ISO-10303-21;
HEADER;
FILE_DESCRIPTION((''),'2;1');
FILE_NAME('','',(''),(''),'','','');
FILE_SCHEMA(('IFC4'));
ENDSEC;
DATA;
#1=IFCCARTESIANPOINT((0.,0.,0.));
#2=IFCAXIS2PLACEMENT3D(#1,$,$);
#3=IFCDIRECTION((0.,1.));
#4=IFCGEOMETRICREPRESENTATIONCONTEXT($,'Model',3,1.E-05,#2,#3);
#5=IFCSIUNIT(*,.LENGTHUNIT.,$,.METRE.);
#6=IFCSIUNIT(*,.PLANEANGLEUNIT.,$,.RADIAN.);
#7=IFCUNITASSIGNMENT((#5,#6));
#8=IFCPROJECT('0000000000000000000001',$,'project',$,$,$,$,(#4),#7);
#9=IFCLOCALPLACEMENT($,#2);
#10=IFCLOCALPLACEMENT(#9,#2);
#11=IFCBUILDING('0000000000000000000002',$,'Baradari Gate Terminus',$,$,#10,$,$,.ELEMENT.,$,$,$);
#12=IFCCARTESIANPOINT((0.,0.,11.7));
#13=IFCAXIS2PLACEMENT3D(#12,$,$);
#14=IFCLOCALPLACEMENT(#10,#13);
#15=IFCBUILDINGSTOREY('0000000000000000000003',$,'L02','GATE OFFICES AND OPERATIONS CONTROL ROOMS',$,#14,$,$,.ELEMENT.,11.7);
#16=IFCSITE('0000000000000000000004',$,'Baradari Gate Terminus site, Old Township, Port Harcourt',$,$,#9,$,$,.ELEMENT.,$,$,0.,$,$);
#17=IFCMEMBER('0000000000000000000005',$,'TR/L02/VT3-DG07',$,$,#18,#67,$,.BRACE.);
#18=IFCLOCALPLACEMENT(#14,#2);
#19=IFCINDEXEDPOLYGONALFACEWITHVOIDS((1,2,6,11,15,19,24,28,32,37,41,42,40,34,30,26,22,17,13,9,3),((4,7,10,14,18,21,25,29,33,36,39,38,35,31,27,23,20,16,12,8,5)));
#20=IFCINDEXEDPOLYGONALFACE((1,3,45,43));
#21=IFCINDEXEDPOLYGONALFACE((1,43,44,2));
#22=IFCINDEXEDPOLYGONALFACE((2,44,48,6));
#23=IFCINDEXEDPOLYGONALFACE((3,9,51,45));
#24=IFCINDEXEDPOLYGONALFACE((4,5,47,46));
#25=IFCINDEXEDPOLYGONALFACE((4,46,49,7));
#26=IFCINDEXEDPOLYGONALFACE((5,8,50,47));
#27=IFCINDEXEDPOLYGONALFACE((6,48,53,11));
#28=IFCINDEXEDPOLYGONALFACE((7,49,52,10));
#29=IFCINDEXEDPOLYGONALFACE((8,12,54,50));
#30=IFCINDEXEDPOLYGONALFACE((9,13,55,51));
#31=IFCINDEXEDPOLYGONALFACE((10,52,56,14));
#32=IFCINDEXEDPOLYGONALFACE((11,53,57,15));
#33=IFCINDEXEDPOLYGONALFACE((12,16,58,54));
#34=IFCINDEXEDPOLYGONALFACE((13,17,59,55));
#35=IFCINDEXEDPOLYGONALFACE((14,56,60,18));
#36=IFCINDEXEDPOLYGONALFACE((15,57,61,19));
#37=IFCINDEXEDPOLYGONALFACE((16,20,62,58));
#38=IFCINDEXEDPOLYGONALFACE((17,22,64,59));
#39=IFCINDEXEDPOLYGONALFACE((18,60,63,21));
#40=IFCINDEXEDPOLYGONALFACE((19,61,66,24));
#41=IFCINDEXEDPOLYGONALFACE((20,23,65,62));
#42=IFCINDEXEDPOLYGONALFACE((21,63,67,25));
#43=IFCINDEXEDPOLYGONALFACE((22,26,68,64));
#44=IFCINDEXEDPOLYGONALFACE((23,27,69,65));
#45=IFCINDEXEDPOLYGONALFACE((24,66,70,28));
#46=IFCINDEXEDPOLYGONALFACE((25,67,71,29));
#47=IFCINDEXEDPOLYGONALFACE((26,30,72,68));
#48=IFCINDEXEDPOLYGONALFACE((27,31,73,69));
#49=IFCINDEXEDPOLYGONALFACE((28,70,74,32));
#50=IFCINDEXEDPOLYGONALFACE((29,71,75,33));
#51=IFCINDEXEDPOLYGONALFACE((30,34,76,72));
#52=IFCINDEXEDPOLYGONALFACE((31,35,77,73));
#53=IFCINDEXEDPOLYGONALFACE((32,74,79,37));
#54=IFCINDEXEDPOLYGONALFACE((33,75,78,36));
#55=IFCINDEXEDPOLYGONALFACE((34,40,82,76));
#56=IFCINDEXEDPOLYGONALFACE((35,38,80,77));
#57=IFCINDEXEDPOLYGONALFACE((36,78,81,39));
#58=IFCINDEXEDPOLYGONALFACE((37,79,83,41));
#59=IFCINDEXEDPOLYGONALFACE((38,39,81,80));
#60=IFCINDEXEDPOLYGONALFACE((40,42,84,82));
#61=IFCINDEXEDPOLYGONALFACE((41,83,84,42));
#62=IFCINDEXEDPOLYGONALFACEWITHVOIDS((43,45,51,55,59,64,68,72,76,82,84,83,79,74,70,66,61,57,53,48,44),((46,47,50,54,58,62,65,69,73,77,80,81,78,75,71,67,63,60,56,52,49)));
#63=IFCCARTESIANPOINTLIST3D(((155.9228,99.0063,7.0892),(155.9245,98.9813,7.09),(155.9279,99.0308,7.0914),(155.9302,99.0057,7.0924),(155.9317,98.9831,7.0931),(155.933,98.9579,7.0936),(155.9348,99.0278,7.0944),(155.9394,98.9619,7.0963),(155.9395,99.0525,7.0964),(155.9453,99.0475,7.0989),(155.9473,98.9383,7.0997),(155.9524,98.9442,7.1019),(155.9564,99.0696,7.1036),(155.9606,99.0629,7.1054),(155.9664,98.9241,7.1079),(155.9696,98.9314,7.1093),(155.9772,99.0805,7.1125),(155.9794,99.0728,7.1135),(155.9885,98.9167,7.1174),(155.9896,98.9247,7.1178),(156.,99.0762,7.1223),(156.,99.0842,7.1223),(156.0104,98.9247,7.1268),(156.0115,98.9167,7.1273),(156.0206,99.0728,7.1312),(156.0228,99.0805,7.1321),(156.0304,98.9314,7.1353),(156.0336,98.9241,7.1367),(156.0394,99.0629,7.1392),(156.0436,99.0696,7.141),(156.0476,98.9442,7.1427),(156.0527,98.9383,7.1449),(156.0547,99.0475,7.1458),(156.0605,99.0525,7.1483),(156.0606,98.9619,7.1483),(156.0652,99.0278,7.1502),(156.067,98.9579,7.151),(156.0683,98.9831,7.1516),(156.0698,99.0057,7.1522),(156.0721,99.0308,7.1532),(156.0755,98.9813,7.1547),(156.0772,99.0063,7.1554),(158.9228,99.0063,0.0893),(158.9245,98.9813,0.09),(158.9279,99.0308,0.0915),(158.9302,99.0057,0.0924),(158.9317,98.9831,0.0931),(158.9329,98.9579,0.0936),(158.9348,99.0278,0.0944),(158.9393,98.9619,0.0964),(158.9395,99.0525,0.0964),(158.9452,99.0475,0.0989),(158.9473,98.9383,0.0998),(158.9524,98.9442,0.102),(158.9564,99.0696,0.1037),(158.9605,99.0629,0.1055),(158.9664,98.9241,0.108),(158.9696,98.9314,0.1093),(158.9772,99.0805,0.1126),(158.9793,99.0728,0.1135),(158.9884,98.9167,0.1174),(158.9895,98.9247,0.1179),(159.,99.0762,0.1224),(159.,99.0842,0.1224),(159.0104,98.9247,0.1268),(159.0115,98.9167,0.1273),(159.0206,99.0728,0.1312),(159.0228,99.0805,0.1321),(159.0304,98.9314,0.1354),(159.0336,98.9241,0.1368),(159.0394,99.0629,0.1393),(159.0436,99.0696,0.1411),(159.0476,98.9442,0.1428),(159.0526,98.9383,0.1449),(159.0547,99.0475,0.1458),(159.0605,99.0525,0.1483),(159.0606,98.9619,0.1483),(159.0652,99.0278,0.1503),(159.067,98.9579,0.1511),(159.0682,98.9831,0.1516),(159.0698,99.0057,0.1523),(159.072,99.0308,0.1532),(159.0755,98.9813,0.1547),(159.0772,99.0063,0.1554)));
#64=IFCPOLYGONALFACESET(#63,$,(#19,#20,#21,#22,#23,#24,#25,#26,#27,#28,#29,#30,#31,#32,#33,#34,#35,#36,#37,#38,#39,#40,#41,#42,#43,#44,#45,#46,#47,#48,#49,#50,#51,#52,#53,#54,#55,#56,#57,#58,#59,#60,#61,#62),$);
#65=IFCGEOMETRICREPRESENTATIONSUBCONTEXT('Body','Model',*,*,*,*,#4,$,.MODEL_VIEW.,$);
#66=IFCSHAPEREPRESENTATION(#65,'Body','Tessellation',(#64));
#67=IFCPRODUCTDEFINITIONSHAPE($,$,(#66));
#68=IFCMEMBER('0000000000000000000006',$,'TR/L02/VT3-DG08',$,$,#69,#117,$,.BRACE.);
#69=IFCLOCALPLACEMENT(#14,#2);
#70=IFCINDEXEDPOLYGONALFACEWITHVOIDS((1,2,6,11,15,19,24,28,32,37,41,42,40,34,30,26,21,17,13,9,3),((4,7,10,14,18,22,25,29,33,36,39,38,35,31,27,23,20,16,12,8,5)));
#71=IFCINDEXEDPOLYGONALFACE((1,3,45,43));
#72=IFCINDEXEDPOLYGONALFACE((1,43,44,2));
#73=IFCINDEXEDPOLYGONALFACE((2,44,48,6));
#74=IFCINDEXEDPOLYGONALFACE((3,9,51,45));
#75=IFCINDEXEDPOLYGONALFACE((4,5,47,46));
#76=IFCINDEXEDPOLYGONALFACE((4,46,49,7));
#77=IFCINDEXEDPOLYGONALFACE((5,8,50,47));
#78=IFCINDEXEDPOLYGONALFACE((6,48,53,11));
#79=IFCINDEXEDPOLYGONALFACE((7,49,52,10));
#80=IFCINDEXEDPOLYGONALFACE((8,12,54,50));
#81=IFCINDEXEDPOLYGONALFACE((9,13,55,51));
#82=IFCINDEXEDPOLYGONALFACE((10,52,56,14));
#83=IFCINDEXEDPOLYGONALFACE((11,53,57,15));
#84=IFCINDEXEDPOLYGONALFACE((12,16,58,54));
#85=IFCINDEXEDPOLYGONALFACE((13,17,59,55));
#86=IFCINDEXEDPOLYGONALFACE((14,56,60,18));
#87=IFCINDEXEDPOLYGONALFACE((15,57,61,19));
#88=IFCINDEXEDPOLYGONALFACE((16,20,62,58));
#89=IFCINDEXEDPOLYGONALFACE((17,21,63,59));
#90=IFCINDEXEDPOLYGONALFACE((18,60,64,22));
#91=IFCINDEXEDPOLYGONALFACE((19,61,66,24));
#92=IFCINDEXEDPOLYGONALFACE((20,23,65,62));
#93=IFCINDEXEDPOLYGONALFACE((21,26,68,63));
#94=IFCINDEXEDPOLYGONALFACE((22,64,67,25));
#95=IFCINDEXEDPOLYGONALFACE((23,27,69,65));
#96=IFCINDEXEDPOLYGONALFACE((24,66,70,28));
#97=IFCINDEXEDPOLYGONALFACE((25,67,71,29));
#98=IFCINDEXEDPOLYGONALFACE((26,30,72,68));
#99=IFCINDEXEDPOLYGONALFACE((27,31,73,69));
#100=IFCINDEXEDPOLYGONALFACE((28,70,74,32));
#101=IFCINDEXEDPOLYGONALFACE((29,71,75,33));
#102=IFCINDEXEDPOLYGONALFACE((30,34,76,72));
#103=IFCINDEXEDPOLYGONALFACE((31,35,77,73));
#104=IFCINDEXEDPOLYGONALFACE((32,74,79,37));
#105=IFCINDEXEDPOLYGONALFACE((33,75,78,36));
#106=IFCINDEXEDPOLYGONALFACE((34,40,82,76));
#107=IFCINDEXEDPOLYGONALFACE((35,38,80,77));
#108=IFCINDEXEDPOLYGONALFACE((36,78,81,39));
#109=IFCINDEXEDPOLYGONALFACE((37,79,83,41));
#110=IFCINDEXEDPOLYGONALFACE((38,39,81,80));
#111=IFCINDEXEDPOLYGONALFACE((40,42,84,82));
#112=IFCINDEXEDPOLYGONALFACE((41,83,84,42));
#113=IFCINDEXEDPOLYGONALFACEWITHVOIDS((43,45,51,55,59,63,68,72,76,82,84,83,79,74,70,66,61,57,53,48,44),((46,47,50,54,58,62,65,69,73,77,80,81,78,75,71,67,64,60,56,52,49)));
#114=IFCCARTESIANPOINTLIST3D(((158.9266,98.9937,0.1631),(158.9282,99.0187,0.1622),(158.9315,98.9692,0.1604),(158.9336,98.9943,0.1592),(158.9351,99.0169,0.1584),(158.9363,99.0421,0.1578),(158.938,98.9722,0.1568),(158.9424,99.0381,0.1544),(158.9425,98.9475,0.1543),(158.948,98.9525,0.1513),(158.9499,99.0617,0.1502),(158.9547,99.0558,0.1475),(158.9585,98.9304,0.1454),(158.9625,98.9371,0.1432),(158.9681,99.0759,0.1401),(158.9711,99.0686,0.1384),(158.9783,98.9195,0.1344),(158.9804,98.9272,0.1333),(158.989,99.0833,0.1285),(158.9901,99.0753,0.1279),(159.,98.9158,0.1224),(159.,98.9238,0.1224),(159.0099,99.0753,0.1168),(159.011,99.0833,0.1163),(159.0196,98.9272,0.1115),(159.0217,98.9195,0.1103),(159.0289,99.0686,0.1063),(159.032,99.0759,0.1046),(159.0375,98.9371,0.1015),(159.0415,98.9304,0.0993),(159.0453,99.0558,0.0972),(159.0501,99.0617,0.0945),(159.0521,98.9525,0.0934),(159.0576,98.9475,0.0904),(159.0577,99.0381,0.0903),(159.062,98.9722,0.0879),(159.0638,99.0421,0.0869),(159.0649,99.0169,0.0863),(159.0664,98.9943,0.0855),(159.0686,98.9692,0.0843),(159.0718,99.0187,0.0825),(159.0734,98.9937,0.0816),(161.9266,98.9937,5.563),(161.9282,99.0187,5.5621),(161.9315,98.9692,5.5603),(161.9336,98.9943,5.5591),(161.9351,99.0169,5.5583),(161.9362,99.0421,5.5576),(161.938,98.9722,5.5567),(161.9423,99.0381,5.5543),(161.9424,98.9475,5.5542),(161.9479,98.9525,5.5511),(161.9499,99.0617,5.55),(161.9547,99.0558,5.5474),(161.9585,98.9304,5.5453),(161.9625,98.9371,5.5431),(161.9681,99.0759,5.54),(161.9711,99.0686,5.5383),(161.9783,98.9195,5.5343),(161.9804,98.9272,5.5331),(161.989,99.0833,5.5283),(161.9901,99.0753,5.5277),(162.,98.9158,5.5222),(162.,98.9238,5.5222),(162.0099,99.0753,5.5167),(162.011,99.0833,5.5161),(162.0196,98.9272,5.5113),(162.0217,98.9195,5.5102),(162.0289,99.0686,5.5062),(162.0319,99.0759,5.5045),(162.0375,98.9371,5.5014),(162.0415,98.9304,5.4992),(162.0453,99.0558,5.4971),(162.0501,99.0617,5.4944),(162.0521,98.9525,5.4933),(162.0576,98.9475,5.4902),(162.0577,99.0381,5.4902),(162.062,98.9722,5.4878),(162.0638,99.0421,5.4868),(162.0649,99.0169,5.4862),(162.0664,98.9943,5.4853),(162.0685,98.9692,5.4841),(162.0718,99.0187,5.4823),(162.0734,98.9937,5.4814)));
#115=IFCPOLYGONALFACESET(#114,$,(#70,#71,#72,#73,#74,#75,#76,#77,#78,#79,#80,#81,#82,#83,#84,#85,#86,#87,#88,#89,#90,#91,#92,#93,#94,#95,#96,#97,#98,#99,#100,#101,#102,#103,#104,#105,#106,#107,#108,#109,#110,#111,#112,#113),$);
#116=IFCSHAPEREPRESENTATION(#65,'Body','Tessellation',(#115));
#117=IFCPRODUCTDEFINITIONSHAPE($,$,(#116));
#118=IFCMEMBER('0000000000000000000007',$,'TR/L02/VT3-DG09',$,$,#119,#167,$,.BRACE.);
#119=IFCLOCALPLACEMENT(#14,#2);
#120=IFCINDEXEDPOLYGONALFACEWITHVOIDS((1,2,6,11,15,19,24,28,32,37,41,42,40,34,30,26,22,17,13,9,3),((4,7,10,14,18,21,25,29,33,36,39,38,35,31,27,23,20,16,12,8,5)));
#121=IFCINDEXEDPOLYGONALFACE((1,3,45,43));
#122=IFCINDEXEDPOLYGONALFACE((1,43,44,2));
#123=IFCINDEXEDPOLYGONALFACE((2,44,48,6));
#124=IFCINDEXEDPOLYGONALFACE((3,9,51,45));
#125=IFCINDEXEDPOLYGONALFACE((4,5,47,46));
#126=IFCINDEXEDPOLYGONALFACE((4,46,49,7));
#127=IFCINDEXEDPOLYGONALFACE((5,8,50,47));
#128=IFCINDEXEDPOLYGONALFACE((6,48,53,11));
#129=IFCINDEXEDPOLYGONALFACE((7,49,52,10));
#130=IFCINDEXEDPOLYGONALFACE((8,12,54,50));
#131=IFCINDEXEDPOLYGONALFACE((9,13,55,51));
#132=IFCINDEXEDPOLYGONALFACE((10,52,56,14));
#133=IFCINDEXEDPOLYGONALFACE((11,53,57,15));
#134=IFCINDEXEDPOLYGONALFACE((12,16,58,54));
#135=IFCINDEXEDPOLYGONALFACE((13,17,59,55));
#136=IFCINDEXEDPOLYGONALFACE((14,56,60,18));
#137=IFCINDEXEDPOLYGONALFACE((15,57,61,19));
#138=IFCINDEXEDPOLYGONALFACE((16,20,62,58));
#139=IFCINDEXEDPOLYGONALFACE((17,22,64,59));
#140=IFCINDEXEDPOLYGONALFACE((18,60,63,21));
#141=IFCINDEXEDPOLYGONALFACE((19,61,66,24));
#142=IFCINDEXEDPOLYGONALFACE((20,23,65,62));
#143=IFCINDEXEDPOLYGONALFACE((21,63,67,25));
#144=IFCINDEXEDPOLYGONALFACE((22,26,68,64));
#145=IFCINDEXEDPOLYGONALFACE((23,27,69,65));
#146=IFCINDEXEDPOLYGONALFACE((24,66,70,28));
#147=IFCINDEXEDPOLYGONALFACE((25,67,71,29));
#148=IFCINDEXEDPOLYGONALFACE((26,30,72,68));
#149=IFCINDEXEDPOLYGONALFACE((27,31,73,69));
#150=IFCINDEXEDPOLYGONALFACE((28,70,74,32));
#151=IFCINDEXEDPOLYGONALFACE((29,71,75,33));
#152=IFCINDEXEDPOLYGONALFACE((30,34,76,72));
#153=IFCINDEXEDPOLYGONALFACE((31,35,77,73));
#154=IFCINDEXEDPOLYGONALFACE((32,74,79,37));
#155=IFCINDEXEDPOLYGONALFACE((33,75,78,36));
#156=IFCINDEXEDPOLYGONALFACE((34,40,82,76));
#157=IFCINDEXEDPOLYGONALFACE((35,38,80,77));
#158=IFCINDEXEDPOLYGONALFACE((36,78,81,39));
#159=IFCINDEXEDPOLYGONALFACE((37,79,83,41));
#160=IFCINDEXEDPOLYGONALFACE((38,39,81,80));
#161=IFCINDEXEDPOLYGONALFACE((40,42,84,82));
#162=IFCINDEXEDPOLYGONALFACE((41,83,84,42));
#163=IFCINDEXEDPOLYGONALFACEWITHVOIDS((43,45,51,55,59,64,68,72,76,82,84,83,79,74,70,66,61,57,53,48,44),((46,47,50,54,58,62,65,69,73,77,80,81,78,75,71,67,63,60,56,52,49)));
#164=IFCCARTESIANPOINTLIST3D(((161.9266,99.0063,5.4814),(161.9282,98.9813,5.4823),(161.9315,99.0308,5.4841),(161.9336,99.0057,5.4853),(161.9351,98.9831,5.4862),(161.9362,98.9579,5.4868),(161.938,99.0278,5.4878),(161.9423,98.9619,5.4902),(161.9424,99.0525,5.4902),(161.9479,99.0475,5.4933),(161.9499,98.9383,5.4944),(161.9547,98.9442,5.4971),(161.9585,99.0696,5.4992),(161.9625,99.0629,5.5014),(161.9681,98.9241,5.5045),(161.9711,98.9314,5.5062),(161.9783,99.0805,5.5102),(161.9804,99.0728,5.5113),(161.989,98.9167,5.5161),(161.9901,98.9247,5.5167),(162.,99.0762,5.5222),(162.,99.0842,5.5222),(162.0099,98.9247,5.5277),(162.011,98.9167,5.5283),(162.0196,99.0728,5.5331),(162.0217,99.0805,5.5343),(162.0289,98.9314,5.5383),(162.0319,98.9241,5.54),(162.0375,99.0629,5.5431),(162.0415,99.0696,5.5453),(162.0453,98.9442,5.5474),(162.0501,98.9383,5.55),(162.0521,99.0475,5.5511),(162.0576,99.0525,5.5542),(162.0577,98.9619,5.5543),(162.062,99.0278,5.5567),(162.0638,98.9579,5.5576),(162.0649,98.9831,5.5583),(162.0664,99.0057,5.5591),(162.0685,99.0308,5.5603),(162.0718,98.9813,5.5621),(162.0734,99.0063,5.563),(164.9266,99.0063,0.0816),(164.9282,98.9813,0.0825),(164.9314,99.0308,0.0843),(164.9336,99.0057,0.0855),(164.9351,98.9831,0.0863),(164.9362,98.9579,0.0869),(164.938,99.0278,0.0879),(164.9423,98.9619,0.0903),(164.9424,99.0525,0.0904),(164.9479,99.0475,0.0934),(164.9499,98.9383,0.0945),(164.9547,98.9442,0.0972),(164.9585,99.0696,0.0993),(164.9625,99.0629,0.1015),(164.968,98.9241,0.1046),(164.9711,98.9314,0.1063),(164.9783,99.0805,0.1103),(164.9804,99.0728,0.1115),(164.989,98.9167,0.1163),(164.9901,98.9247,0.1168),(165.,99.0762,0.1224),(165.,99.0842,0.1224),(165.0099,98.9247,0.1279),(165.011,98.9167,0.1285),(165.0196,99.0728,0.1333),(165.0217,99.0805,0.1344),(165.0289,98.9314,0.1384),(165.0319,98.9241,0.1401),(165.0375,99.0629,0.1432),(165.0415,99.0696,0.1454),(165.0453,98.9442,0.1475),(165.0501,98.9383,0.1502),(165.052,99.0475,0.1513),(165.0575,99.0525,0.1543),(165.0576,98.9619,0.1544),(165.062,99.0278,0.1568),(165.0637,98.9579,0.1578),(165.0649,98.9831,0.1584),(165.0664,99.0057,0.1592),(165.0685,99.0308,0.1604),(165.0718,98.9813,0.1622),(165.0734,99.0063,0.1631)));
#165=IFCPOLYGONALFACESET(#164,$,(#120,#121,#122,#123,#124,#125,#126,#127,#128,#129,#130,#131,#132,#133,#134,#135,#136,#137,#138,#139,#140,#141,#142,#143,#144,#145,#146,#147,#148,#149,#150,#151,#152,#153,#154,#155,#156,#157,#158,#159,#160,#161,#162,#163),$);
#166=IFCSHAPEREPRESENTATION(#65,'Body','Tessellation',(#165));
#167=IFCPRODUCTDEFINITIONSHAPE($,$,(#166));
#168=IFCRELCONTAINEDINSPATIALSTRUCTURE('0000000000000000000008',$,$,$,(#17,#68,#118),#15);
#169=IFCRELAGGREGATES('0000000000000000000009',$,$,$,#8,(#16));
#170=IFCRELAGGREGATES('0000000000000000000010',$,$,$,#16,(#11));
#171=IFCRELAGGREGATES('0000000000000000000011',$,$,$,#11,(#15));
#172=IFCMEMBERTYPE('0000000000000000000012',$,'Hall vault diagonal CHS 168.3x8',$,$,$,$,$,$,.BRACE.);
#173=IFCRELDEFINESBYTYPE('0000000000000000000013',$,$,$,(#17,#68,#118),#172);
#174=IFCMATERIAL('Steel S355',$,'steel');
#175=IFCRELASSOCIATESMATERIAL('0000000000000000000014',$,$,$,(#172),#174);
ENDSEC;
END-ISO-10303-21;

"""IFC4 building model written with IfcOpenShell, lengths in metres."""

from ifc_helpers import new_model, si_unit, direction, frame, origin, origin_2d, place, context, subcontext, project, spatial, hollow_circle, extrude, material, material_profile, profile_set, type_object, element, save


model = new_model("IFC4")

# Units and contexts
model_context = context("Model", 3, precision=1e-05, world=origin(), true_north=direction((0.0, 1.0)))
body_context = subcontext(model_context, "Body", "Model", "MODEL_VIEW")
ifc_project = project(units=[si_unit("LENGTHUNIT", "METRE"), si_unit("PLANEANGLEUNIT", "RADIAN")], contexts=[model_context])

# Site, building, storey
site_placement = place(None, origin())
site = spatial("IfcSite", under=ifc_project, at=site_placement, Name="Baradari Gate Terminus site, Old Township, Port Harcourt", CompositionType="ELEMENT", RefElevation=0.0)
building_placement = place(site_placement, origin())
building = spatial("IfcBuilding", under=site, at=building_placement, Name="Baradari Gate Terminus", CompositionType="ELEMENT")
storey_placement = place(building_placement, frame((0.0, 0.0, 11.7)))
storey = spatial("IfcBuildingStorey", under=building, at=storey_placement, Name="L02", Description="GATE OFFICES AND OPERATIONS CONTROL ROOMS", CompositionType="ELEMENT", Elevation=11.7)

# Members
ifc_material_1 = material(Name="Steel S355", Category="steel")
ifc_material_profile_1 = material_profile(ifc_material_1, hollow_circle(Radius=0.0842, WallThickness=0.0081, at=origin_2d()), Name="CHS 168.3x8")
ifc_profile_set_1 = profile_set([ifc_material_profile_1], Name="Steel S355")
member_type_1 = type_object("IfcMemberType", Name="Hall vault diagonal CHS 168.3x8", PredefinedType="BRACE", material=ifc_profile_set_1)
for number, where, z_axis, x_axis, name in (
    (1, (156.0, 99.0, 7.1223), (0.393919, 0.0, -0.919145), (0.0, 1.0, 0.0), "TR/L02/VT3-DG07"),
):
    element("IfcMember", number, at=place(storey_placement, frame(where, z_axis=z_axis, x_axis=x_axis)), inside=storey, type_object=member_type_1, Name=name, PredefinedType="BRACE", context=body_context, shape_type="SweptSolid", body=[
        extrude(hollow_circle(Radius=0.0842, WallThickness=0.0081, at=origin_2d()), origin(), (0.0, 0.0, 1.0), 7.6157),
    ])
for number, where, z_axis, x_axis, name in (
    (2, (162.0, 99.0, 5.5222), (-0.48565, 0.0, -0.874154), (0.0, -1.0, 0.0), "TR/L02/VT3-DG08"),
    (3, (162.0, 99.0, 5.5222), (0.48565, 0.0, -0.874154), (0.0, 1.0, 0.0), "TR/L02/VT3-DG09"),
):
    element("IfcMember", number, at=place(storey_placement, frame(where, z_axis=z_axis, x_axis=x_axis)), inside=storey, type_object=member_type_1, Name=name, PredefinedType="BRACE", context=body_context, shape_type="SweptSolid", body=[
        extrude(hollow_circle(Radius=0.0842, WallThickness=0.0081, at=origin_2d()), origin(), (0.0, 0.0, 1.0), 6.1772),
    ])

save(model, "model.ifc")
